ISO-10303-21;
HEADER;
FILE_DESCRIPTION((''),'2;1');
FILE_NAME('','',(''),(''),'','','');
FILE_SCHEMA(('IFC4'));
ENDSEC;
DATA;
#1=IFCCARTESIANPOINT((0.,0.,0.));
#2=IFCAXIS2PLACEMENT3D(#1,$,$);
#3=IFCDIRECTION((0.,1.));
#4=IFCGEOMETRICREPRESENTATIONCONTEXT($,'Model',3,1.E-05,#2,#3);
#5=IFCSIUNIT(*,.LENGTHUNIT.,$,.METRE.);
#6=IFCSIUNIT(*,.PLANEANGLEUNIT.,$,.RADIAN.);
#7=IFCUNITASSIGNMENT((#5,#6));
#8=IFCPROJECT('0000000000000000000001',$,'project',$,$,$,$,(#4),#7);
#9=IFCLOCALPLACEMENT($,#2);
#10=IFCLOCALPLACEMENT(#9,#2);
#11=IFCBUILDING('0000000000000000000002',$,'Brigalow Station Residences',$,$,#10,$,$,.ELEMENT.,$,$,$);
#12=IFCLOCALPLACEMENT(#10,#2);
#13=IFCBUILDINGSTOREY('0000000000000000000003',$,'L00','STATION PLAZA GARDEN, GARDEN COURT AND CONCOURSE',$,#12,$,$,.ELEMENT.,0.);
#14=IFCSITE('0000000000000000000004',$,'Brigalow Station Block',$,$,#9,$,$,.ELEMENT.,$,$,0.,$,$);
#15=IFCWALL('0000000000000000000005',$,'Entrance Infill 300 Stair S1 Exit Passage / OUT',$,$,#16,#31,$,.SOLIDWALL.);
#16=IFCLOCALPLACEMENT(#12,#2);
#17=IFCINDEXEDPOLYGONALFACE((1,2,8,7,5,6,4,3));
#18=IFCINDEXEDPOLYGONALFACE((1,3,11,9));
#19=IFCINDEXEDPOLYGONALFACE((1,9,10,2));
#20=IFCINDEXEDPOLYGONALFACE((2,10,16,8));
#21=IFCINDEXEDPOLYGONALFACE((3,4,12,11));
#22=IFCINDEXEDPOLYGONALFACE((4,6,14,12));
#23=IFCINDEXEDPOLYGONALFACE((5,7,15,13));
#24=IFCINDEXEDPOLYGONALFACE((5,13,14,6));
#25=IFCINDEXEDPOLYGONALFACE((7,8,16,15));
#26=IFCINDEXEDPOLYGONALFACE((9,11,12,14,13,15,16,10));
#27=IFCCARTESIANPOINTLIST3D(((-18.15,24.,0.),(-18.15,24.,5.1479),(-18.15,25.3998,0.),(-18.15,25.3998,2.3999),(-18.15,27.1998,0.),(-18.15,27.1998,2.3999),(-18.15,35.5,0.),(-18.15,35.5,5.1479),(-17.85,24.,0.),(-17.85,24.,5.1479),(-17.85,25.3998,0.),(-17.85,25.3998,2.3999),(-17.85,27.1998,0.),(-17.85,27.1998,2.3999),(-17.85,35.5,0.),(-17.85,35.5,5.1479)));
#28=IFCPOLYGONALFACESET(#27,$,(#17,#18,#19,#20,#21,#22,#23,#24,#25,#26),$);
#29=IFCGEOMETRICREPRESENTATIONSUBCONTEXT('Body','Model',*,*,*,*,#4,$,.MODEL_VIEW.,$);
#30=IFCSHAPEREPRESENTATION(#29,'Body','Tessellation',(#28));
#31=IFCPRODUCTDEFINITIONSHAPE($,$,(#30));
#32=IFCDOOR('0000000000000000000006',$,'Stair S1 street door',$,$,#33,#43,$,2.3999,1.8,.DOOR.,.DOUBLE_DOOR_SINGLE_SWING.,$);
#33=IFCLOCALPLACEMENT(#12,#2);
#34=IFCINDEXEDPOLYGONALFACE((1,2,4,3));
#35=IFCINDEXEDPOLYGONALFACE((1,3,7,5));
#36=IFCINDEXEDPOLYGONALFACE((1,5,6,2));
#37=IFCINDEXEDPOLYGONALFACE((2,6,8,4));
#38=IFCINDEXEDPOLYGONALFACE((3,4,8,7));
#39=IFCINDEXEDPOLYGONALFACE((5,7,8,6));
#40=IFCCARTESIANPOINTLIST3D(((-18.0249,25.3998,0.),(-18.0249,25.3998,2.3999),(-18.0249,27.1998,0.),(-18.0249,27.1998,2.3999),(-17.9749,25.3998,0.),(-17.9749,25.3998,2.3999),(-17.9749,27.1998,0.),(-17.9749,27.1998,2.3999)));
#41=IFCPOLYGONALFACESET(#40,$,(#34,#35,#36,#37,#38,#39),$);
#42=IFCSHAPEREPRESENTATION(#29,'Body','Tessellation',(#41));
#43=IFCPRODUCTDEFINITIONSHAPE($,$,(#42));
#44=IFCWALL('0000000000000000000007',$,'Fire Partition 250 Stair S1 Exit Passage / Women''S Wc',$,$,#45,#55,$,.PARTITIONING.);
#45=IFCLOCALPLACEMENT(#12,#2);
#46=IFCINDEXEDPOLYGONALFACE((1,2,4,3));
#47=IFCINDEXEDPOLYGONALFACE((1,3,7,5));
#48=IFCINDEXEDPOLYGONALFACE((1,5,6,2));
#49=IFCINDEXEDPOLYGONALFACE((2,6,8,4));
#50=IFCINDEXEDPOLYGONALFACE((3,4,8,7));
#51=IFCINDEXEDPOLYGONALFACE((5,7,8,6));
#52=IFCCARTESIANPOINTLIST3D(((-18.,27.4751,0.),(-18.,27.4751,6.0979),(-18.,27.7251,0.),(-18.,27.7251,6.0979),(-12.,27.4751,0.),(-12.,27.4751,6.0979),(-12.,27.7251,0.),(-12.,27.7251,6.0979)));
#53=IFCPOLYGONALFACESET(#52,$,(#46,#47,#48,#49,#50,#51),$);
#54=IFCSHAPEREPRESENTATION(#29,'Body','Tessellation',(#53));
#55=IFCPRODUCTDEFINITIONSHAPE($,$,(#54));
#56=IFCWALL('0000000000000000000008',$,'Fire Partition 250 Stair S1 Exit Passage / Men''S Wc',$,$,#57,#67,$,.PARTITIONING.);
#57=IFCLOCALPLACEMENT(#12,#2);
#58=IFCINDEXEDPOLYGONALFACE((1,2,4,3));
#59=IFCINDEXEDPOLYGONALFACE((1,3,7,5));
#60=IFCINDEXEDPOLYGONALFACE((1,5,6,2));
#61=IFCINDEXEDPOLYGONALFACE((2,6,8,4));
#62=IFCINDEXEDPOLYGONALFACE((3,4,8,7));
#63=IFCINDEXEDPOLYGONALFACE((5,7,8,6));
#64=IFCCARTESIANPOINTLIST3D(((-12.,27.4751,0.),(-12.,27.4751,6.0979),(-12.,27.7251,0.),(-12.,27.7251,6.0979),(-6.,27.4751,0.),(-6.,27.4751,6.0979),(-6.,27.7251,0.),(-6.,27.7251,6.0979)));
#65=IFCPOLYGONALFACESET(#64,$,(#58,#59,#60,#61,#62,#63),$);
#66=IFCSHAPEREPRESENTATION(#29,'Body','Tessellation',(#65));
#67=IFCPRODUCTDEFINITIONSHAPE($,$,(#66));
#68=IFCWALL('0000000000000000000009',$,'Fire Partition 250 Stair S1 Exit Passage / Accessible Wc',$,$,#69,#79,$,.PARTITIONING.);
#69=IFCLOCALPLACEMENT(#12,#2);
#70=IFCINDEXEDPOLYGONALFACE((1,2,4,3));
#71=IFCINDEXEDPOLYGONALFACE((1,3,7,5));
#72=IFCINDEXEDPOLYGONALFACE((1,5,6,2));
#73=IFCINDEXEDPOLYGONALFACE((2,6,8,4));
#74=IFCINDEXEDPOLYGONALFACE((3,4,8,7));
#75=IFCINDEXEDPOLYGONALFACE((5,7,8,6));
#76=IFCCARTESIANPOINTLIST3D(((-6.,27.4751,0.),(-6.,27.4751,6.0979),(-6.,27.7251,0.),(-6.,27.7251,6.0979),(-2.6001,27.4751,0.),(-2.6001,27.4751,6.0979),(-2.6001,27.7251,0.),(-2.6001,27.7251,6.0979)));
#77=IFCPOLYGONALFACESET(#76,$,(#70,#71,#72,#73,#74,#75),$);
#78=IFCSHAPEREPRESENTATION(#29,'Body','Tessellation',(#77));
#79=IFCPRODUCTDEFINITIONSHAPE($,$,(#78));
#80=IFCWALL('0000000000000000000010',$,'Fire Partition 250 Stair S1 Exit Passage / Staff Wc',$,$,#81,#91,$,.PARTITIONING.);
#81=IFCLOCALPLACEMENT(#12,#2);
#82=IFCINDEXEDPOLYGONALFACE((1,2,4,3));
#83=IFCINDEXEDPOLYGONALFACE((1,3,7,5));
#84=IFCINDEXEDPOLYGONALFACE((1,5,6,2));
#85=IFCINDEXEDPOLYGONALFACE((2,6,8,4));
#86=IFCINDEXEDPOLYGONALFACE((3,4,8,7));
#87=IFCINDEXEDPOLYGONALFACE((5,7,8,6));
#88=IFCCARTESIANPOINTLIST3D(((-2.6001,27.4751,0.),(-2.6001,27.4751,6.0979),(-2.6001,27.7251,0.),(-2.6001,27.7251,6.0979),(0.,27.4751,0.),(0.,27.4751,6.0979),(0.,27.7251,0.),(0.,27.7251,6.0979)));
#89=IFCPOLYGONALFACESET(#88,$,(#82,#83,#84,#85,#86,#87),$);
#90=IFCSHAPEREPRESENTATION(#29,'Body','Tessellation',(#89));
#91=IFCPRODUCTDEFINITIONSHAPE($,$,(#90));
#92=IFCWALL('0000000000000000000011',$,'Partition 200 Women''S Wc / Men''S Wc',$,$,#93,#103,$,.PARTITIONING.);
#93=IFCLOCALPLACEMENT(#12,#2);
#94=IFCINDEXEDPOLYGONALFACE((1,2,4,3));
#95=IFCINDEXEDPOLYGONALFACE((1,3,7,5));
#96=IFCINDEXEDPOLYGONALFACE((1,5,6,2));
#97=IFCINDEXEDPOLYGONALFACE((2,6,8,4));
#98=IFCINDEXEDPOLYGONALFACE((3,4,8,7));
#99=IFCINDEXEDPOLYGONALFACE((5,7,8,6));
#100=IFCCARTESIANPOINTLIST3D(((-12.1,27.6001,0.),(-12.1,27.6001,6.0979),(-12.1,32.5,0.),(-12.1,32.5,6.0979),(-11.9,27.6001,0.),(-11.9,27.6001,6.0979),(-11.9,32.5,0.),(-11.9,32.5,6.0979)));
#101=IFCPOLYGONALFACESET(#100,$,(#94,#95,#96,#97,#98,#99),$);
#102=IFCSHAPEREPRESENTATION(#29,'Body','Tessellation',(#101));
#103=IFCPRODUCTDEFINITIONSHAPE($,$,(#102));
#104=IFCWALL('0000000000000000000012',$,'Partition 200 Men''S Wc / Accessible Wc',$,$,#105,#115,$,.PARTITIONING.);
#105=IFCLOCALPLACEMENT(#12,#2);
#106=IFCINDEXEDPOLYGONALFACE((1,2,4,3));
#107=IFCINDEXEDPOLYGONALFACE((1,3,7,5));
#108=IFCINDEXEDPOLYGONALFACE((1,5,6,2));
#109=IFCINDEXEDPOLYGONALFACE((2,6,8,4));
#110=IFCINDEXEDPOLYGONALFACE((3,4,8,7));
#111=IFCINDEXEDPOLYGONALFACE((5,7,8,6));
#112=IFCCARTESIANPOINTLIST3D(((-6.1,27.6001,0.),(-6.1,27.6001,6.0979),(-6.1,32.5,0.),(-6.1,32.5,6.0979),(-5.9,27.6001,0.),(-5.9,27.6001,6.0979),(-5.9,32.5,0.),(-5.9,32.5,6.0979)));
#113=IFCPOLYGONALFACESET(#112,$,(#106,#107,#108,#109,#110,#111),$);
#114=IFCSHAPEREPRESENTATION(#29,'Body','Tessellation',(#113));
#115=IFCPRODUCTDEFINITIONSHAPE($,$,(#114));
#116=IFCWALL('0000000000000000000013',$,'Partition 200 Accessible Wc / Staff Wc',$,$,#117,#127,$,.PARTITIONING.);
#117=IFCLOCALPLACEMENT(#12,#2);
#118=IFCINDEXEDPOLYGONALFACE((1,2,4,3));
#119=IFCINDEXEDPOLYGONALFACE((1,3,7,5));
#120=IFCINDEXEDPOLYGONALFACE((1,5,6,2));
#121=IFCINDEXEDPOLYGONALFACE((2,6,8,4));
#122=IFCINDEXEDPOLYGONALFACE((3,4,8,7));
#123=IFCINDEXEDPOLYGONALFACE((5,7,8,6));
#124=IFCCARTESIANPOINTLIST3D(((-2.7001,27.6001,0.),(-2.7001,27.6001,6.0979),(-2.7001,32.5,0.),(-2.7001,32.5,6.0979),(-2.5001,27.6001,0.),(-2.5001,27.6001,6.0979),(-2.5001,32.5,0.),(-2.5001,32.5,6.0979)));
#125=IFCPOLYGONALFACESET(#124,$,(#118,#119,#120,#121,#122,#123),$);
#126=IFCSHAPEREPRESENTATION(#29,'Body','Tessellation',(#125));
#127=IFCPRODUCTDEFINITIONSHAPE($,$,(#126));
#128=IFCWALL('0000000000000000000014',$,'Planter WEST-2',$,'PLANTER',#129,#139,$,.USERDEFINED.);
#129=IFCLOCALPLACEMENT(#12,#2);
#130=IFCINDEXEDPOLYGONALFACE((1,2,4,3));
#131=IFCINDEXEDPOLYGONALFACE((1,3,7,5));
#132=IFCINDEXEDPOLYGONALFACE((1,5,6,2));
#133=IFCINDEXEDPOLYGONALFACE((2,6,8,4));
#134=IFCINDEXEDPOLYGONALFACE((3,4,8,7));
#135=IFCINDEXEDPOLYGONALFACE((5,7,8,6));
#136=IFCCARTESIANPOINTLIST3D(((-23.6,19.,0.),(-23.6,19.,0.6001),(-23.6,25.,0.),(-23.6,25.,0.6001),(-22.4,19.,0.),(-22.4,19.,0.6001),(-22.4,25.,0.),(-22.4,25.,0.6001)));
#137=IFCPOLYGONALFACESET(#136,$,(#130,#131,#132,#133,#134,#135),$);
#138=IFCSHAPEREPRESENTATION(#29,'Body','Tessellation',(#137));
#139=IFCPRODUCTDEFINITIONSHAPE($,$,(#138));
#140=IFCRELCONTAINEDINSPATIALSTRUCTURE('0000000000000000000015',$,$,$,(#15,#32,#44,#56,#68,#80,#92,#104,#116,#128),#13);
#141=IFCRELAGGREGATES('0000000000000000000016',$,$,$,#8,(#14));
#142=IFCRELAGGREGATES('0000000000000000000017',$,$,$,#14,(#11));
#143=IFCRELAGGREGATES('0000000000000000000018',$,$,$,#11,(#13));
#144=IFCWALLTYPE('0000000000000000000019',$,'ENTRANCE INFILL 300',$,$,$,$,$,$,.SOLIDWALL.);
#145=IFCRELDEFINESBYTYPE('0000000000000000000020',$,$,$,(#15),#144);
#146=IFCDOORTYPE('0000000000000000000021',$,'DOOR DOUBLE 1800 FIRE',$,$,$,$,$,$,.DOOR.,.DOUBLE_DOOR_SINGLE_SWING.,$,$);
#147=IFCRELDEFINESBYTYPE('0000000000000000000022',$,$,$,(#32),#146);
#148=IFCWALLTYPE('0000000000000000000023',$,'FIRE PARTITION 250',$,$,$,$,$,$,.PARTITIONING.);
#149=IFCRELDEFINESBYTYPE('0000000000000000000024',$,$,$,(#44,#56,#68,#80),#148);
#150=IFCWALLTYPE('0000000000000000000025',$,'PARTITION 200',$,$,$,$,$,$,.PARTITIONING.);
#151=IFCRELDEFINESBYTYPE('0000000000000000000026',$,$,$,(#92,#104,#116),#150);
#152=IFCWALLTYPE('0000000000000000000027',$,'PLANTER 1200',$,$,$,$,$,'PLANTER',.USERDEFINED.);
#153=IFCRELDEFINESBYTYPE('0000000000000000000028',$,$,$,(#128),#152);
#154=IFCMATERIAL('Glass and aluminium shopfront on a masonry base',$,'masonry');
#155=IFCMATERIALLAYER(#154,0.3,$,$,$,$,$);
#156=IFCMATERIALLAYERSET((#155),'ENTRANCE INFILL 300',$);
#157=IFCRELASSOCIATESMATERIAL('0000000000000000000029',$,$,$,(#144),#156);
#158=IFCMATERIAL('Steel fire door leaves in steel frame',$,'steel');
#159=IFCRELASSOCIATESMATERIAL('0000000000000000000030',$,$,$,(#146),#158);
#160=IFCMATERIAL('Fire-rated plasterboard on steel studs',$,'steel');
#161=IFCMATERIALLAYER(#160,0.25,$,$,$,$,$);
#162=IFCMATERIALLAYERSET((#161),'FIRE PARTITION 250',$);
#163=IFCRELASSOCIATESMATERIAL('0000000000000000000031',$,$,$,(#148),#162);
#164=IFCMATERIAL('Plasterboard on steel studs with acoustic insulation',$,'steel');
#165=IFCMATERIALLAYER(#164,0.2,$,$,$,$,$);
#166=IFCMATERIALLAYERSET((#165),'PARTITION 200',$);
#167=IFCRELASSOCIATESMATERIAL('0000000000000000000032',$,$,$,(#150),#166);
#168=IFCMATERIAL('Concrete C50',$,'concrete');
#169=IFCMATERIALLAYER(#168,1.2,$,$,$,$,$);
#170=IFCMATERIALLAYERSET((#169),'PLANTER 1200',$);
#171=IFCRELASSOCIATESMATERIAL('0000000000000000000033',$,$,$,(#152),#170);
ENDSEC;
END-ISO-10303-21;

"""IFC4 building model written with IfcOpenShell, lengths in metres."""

from ifc_helpers import new_model, si_unit, direction, frame, frame_2d, origin, place, context, subcontext, project, spatial, rectangle, extrude, material, layer, layer_set, type_object, element, fill, save


model = new_model("IFC4")

# Units and contexts
model_context = context("Model", 3, precision=1e-05, world=origin(), true_north=direction((0.0, 1.0)))
body_context = subcontext(model_context, "Body", "Model", "MODEL_VIEW")
ifc_project = project(units=[si_unit("LENGTHUNIT", "METRE"), si_unit("PLANEANGLEUNIT", "RADIAN")], contexts=[model_context])

# Site, building, storey
site_placement = place(None, origin())
site = spatial("IfcSite", under=ifc_project, at=site_placement, Name="Brigalow Station Block", CompositionType="ELEMENT", RefElevation=0.0)
building_placement = place(site_placement, origin())
building = spatial("IfcBuilding", under=site, at=building_placement, Name="Brigalow Station Residences", CompositionType="ELEMENT")
storey_placement = place(building_placement, origin())
storey = spatial("IfcBuildingStorey", under=building, at=storey_placement, Name="L00", Description="STATION PLAZA GARDEN, GARDEN COURT AND CONCOURSE", CompositionType="ELEMENT", Elevation=0.0)

# Wall, opening, door
ifc_material_1 = material(Name="Glass and aluminium shopfront on a masonry base", Category="masonry")
ifc_layer_1 = layer(ifc_material_1, 0.3)
ifc_layer_set_1 = layer_set([ifc_layer_1], Name="ENTRANCE INFILL 300")
wall_type_1 = type_object("IfcWallType", Name="ENTRANCE INFILL 300", PredefinedType="SOLIDWALL", material=ifc_layer_set_1)
wall_1_placement = place(storey_placement, frame((-18.0, 24.0, 0.0), z_axis=(0.0, 0.0, 1.0), x_axis=(0.0, 1.0, 0.0)))
wall_1 = element("IfcWall", 1, at=wall_1_placement, inside=storey, type_object=wall_type_1, Name="Entrance Infill 300 Stair S1 Exit Passage / OUT", PredefinedType="SOLIDWALL", context=body_context, shape_type="SweptSolid", body=[
    extrude(rectangle(XDim=11.5, YDim=0.3, at=frame_2d((5.75, 0.0))), origin(), (0.0, 0.0, 1.0), 5.1479),
])
opening_placement = place(wall_1_placement, frame((1.3999, 0.0, 0.0)))
opening = element("IfcOpeningElement", 2, at=opening_placement, cuts=wall_1, PredefinedType="OPENING", context=body_context, shape_type="SweptSolid", body=[
    extrude(rectangle(XDim=1.8, YDim=2.3999, at=frame_2d((0.8999, 1.2))), frame((0.0, 0.1602, 0.0), z_axis=(0.0, -1.0, 0.0), x_axis=(1.0, 0.0, 0.0)), (0.0, 0.0, 1.0), 0.3201),
])
ifc_material_2 = material(Name="Steel fire door leaves in steel frame", Category="steel")
door_type = type_object("IfcDoorType", Name="DOOR DOUBLE 1800 FIRE", OperationType="DOUBLE_DOOR_SINGLE_SWING", PredefinedType="DOOR", material=ifc_material_2)
door_placement = place(opening_placement, origin())
door = element("IfcDoor", 3, at=door_placement, inside=storey, type_object=door_type, Name="Stair S1 street door", OperationType="DOUBLE_DOOR_SINGLE_SWING", OverallHeight=2.3999, OverallWidth=1.8, PredefinedType="DOOR", context=body_context, shape_type="SweptSolid", body=[
    extrude(rectangle(XDim=1.8, YDim=2.3999, at=frame_2d((0.8999, 1.2))), frame((0.0, 0.0249, 0.0), z_axis=(0.0, -1.0, 0.0), x_axis=(1.0, 0.0, 0.0)), (0.0, 0.0, 1.0), 0.05),
])
fill(opening, door)

# Walls
ifc_material_3 = material(Name="Fire-rated plasterboard on steel studs", Category="steel")
ifc_layer_2 = layer(ifc_material_3, 0.25)
ifc_layer_set_2 = layer_set([ifc_layer_2], Name="FIRE PARTITION 250")
wall_type_2 = type_object("IfcWallType", Name="FIRE PARTITION 250", PredefinedType="PARTITIONING", material=ifc_layer_set_2)
for number, where, z_axis, x_axis, name in (
    (4, (-18.0, 27.6001, 0.0), (0.0, 0.0, 1.0), (1.0, 0.0, 0.0), "Fire Partition 250 Stair S1 Exit Passage / Women'S Wc"),
    (5, (-12.0, 27.6001, 0.0), (0.0, 0.0, 1.0), (1.0, 0.0, 0.0), "Fire Partition 250 Stair S1 Exit Passage / Men'S Wc"),
):
    element("IfcWall", number, at=place(storey_placement, frame(where, z_axis=z_axis, x_axis=x_axis)), inside=storey, type_object=wall_type_2, Name=name, PredefinedType="PARTITIONING", context=body_context, shape_type="SweptSolid", body=[
        extrude(rectangle(XDim=6.0, YDim=0.25, at=frame_2d((3.0, 0.0))), origin(), (0.0, 0.0, 1.0), 6.0979),
    ])
wall_2_placement = place(storey_placement, frame((-6.0, 27.6001, 0.0), z_axis=(0.0, 0.0, 1.0), x_axis=(1.0, 0.0, 0.0)))
element("IfcWall", 6, at=wall_2_placement, inside=storey, type_object=wall_type_2, Name="Fire Partition 250 Stair S1 Exit Passage / Accessible Wc", PredefinedType="PARTITIONING", context=body_context, shape_type="SweptSolid", body=[
    extrude(rectangle(XDim=3.3999, YDim=0.25, at=frame_2d((1.7, 0.0))), origin(), (0.0, 0.0, 1.0), 6.0979),
])
wall_3_placement = place(storey_placement, frame((-2.6001, 27.6001, 0.0), z_axis=(0.0, 0.0, 1.0), x_axis=(1.0, 0.0, 0.0)))
element("IfcWall", 7, at=wall_3_placement, inside=storey, type_object=wall_type_2, Name="Fire Partition 250 Stair S1 Exit Passage / Staff Wc", PredefinedType="PARTITIONING", context=body_context, shape_type="SweptSolid", body=[
    extrude(rectangle(XDim=2.6001, YDim=0.25, at=frame_2d((1.3, 0.0))), origin(), (0.0, 0.0, 1.0), 6.0979),
])
ifc_material_4 = material(Name="Plasterboard on steel studs with acoustic insulation", Category="steel")
ifc_layer_3 = layer(ifc_material_4, 0.2)
ifc_layer_set_3 = layer_set([ifc_layer_3], Name="PARTITION 200")
wall_type_3 = type_object("IfcWallType", Name="PARTITION 200", PredefinedType="PARTITIONING", material=ifc_layer_set_3)
for number, where, z_axis, x_axis, name in (
    (8, (-12.0, 27.6001, 0.0), (0.0, 0.0, 1.0), (0.0, 1.0, 0.0), "Partition 200 Women'S Wc / Men'S Wc"),
    (9, (-6.0, 27.6001, 0.0), (0.0, 0.0, 1.0), (0.0, 1.0, 0.0), "Partition 200 Men'S Wc / Accessible Wc"),
    (10, (-2.6001, 27.6001, 0.0), (0.0, 0.0, 1.0), (0.0, 1.0, 0.0), "Partition 200 Accessible Wc / Staff Wc"),
):
    element("IfcWall", number, at=place(storey_placement, frame(where, z_axis=z_axis, x_axis=x_axis)), inside=storey, type_object=wall_type_3, Name=name, PredefinedType="PARTITIONING", context=body_context, shape_type="SweptSolid", body=[
        extrude(rectangle(XDim=4.8999, YDim=0.2, at=frame_2d((2.45, 0.0))), origin(), (0.0, 0.0, 1.0), 6.0979),
    ])
ifc_material_5 = material(Name="Concrete C50", Category="concrete")
ifc_layer_4 = layer(ifc_material_5, 1.2)
ifc_layer_set_4 = layer_set([ifc_layer_4], Name="PLANTER 1200")
wall_type_4 = type_object("IfcWallType", Name="PLANTER 1200", ElementType="PLANTER", PredefinedType="USERDEFINED", material=ifc_layer_set_4)
wall_4_placement = place(storey_placement, frame((-23.0, 19.0, 0.0), z_axis=(0.0, 0.0, 1.0), x_axis=(0.0, 1.0, 0.0)))
element("IfcWall", 11, at=wall_4_placement, inside=storey, type_object=wall_type_4, Name="Planter WEST-2", ObjectType="PLANTER", PredefinedType="USERDEFINED", context=body_context, shape_type="SweptSolid", body=[
    extrude(rectangle(XDim=6.0, YDim=1.2, at=frame_2d((3.0, 0.0))), origin(), (0.0, 0.0, 1.0), 0.6001),
])

save(model, "model.ifc")
